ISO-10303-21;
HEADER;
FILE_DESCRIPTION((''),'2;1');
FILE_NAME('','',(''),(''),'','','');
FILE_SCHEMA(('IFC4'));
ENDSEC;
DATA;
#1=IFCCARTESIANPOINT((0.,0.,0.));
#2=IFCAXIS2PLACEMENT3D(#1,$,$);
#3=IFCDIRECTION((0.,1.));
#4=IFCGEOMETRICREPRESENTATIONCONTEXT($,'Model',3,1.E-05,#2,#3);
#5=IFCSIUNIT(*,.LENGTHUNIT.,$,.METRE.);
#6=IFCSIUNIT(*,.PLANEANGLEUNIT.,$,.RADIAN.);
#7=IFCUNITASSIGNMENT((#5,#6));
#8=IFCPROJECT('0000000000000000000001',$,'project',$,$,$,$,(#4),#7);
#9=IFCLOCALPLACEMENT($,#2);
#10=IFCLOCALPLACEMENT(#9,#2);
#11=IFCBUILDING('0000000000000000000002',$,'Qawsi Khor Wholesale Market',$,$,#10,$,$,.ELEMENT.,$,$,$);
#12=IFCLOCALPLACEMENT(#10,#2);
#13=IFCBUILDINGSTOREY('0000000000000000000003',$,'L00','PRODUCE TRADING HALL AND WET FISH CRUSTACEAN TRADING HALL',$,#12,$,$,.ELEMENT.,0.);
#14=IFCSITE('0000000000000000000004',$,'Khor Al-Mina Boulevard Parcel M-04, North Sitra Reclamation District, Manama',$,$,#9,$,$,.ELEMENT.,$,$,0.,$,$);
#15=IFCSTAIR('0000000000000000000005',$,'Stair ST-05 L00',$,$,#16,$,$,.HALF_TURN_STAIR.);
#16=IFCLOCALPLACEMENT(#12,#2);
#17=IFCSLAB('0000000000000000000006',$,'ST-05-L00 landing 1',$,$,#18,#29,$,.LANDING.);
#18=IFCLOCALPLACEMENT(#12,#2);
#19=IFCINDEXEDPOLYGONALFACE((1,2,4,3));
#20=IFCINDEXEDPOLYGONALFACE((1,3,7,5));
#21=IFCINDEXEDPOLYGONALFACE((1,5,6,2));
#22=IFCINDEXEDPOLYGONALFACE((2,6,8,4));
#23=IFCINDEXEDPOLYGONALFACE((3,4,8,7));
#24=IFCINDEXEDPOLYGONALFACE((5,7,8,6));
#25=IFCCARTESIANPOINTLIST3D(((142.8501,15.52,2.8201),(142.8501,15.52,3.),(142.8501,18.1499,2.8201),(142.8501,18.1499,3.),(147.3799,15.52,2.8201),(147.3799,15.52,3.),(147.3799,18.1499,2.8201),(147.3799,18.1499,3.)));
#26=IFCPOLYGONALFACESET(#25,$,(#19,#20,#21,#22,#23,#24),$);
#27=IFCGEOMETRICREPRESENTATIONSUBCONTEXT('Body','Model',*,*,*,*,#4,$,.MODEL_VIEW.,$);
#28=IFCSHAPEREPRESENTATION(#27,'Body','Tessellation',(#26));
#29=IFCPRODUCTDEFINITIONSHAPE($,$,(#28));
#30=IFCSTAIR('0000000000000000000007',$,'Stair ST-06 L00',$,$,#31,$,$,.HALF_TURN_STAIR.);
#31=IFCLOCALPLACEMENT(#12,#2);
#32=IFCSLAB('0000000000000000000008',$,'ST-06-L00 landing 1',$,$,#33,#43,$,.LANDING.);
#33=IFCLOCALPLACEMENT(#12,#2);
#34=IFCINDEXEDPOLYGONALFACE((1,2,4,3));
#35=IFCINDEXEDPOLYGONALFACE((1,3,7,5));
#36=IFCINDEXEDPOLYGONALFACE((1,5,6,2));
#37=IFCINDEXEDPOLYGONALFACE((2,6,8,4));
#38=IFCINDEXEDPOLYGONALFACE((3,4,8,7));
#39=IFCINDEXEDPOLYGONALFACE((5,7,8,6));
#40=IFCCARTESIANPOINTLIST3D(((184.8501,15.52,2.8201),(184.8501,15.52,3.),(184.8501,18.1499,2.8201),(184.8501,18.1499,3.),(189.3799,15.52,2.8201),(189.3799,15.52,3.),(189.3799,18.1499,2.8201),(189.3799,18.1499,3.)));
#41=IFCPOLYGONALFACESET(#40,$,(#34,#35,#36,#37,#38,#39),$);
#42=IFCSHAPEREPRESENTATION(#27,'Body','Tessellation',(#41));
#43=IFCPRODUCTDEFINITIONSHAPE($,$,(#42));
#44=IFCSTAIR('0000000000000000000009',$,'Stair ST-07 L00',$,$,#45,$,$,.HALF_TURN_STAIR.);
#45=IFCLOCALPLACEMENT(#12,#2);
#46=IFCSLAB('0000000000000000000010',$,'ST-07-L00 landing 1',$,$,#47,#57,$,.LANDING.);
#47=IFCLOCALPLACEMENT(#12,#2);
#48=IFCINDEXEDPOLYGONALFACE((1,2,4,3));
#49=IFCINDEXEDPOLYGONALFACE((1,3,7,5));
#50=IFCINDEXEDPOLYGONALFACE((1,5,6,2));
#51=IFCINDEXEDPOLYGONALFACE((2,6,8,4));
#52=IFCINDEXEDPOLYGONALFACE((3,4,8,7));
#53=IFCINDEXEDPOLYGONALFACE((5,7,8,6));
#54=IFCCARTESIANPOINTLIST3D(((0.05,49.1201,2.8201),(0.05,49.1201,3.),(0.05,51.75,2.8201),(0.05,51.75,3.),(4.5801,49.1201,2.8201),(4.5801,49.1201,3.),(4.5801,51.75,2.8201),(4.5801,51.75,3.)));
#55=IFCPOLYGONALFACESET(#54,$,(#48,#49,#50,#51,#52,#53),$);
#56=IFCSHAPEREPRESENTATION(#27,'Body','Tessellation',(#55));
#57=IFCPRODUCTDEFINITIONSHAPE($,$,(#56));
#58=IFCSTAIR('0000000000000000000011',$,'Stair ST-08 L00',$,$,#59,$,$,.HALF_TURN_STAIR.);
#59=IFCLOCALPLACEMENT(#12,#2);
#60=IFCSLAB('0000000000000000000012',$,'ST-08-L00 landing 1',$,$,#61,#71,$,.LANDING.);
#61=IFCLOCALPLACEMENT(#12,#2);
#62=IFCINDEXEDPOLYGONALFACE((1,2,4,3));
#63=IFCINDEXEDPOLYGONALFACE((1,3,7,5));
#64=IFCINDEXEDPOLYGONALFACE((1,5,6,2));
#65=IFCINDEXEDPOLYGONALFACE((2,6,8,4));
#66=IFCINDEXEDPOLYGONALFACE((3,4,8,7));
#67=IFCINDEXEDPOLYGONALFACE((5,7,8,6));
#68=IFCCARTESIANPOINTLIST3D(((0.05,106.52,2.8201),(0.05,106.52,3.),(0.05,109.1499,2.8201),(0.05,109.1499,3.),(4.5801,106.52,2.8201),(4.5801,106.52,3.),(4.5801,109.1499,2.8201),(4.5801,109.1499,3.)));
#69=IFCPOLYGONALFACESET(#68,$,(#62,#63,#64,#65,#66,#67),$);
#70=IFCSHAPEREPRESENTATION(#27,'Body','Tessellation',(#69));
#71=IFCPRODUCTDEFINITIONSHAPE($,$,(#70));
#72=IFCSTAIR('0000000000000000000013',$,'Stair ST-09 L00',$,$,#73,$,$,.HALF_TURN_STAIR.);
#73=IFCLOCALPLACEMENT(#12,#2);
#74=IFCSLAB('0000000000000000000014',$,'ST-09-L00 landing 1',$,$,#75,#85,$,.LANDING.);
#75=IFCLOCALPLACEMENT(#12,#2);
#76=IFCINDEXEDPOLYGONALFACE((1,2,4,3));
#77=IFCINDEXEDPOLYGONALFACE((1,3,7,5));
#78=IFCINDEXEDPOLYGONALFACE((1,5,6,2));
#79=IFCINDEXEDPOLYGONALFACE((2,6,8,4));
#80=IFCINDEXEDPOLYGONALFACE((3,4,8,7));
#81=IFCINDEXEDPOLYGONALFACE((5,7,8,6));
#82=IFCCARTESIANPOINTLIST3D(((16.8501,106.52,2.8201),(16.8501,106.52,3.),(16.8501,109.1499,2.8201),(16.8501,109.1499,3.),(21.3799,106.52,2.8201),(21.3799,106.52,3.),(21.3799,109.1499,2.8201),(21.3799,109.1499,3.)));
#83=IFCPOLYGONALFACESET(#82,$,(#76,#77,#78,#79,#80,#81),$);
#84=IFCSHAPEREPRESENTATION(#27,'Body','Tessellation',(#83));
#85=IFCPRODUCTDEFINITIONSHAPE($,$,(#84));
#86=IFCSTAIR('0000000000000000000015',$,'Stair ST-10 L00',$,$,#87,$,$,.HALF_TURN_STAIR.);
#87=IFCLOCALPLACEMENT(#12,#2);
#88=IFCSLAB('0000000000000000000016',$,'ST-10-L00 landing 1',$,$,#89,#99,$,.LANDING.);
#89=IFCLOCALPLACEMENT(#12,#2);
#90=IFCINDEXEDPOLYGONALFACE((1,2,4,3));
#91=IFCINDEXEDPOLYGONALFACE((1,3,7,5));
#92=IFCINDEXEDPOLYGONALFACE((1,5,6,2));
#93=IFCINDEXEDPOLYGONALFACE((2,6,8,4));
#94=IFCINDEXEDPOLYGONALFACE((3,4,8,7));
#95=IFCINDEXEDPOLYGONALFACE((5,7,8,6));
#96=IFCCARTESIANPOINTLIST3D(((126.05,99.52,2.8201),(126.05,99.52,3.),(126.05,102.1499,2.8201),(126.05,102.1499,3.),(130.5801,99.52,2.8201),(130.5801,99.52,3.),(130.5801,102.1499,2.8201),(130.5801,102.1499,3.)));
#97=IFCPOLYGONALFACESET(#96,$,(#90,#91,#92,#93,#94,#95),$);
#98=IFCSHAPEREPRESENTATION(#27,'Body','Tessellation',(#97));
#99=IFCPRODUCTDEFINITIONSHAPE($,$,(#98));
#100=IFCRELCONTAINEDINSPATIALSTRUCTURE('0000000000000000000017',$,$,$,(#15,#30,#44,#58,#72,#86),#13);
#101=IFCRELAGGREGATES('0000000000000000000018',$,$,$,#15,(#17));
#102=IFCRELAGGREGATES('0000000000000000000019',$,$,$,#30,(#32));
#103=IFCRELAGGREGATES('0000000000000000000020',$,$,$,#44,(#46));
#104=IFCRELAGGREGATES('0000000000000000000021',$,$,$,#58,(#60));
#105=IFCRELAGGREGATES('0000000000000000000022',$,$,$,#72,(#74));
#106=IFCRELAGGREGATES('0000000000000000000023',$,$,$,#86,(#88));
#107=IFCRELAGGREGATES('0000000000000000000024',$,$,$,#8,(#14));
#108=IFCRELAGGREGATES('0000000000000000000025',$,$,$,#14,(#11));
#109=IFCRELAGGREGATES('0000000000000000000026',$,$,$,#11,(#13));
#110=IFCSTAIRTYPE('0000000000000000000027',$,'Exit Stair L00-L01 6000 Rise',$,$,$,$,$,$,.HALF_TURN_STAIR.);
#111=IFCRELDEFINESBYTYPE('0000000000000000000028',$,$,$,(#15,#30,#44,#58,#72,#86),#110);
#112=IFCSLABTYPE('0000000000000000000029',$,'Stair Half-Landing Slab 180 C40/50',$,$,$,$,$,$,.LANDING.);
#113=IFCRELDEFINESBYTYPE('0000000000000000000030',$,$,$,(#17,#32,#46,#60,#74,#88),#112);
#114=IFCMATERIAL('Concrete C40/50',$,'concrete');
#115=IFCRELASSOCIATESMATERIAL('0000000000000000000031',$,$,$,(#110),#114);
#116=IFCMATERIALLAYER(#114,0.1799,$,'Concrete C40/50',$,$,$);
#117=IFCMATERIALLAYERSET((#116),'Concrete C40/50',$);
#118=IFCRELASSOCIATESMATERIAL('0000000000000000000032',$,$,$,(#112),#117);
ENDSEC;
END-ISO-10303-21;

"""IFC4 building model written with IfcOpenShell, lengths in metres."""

from ifc_helpers import new_model, si_unit, direction, frame, origin, place, context, subcontext, project, spatial, polyline, outline, extrude, material, layer, layer_set, type_object, element, aggregate, save


model = new_model("IFC4")

# Units and contexts
model_context = context("Model", 3, precision=1e-05, world=origin(), true_north=direction((0.0, 1.0)))
body_context = subcontext(model_context, "Body", "Model", "MODEL_VIEW")
ifc_project = project(units=[si_unit("LENGTHUNIT", "METRE"), si_unit("PLANEANGLEUNIT", "RADIAN")], contexts=[model_context])

# Site, building, storey
site_placement = place(None, origin())
site = spatial("IfcSite", under=ifc_project, at=site_placement, Name="Khor Al-Mina Boulevard Parcel M-04, North Sitra Reclamation District, Manama", CompositionType="ELEMENT", RefElevation=0.0)
building_placement = place(site_placement, origin())
building = spatial("IfcBuilding", under=site, at=building_placement, Name="Qawsi Khor Wholesale Market", CompositionType="ELEMENT")
storey_placement = place(building_placement, origin())
storey = spatial("IfcBuildingStorey", under=building, at=storey_placement, Name="L00", Description="PRODUCE TRADING HALL AND WET FISH CRUSTACEAN TRADING HALL", CompositionType="ELEMENT", Elevation=0.0)

# Stairs, slabs
ifc_material_1 = material(Name="Concrete C40/50", Category="concrete")
stair_type = type_object("IfcStairType", Name="Exit Stair L00-L01 6000 Rise", PredefinedType="HALF_TURN_STAIR", material=ifc_material_1)
ifc_layer_1 = layer(ifc_material_1, 0.1799, Name="Concrete C40/50")
ifc_layer_set_1 = layer_set([ifc_layer_1], Name="Concrete C40/50")
slab_type_1 = type_object("IfcSlabType", Name="Stair Half-Landing Slab 180 C40/50", PredefinedType="LANDING", material=ifc_layer_set_1)
stair_1_placement = place(storey_placement, origin())
stair_1 = element("IfcStair", 1, at=stair_1_placement, inside=storey, type_object=stair_type, Name="Stair ST-05 L00", PredefinedType="HALF_TURN_STAIR")
slab_1_placement = place(storey_placement, frame((0.0, 0.0, 2.8201)))
slab_1 = element("IfcSlab", 2, at=slab_1_placement, type_object=slab_type_1, Name="ST-05-L00 landing 1", PredefinedType="LANDING", context=body_context, shape_type="SweptSolid", body=[
    extrude(outline(polyline([(142.8501, 15.52), (147.3799, 15.52), (147.3799, 18.1499), (142.8501, 18.1499), (142.8501, 15.52)])), origin(), (0.0, 0.0, 1.0), 0.1799),
])
aggregate(stair_1, [slab_1])
stair_2_placement = place(storey_placement, origin())
stair_2 = element("IfcStair", 3, at=stair_2_placement, inside=storey, type_object=stair_type, Name="Stair ST-06 L00", PredefinedType="HALF_TURN_STAIR")
slab_2_placement = place(storey_placement, frame((0.0, 0.0, 2.8201)))
slab_2 = element("IfcSlab", 4, at=slab_2_placement, type_object=slab_type_1, Name="ST-06-L00 landing 1", PredefinedType="LANDING", context=body_context, shape_type="SweptSolid", body=[
    extrude(outline(polyline([(184.8501, 15.52), (189.3799, 15.52), (189.3799, 18.1499), (184.8501, 18.1499), (184.8501, 15.52)])), origin(), (0.0, 0.0, 1.0), 0.1799),
])
aggregate(stair_2, [slab_2])
stair_3_placement = place(storey_placement, origin())
stair_3 = element("IfcStair", 5, at=stair_3_placement, inside=storey, type_object=stair_type, Name="Stair ST-07 L00", PredefinedType="HALF_TURN_STAIR")
slab_3_placement = place(storey_placement, frame((0.0, 0.0, 2.8201)))
slab_3 = element("IfcSlab", 6, at=slab_3_placement, type_object=slab_type_1, Name="ST-07-L00 landing 1", PredefinedType="LANDING", context=body_context, shape_type="SweptSolid", body=[
    extrude(outline(polyline([(0.05, 49.1201), (4.5801, 49.1201), (4.5801, 51.75), (0.05, 51.75), (0.05, 49.1201)])), origin(), (0.0, 0.0, 1.0), 0.1799),
])
aggregate(stair_3, [slab_3])
stair_4_placement = place(storey_placement, origin())
stair_4 = element("IfcStair", 7, at=stair_4_placement, inside=storey, type_object=stair_type, Name="Stair ST-08 L00", PredefinedType="HALF_TURN_STAIR")
slab_4_placement = place(storey_placement, frame((0.0, 0.0, 2.8201)))
slab_4 = element("IfcSlab", 8, at=slab_4_placement, type_object=slab_type_1, Name="ST-08-L00 landing 1", PredefinedType="LANDING", context=body_context, shape_type="SweptSolid", body=[
    extrude(outline(polyline([(0.05, 106.52), (4.5801, 106.52), (4.5801, 109.1499), (0.05, 109.1499), (0.05, 106.52)])), origin(), (0.0, 0.0, 1.0), 0.1799),
])
aggregate(stair_4, [slab_4])
stair_5_placement = place(storey_placement, origin())
stair_5 = element("IfcStair", 9, at=stair_5_placement, inside=storey, type_object=stair_type, Name="Stair ST-09 L00", PredefinedType="HALF_TURN_STAIR")
slab_5_placement = place(storey_placement, frame((0.0, 0.0, 2.8201)))
slab_5 = element("IfcSlab", 10, at=slab_5_placement, type_object=slab_type_1, Name="ST-09-L00 landing 1", PredefinedType="LANDING", context=body_context, shape_type="SweptSolid", body=[
    extrude(outline(polyline([(16.8501, 106.52), (21.3799, 106.52), (21.3799, 109.1499), (16.8501, 109.1499), (16.8501, 106.52)])), origin(), (0.0, 0.0, 1.0), 0.1799),
])
aggregate(stair_5, [slab_5])
stair_6_placement = place(storey_placement, origin())
stair_6 = element("IfcStair", 11, at=stair_6_placement, inside=storey, type_object=stair_type, Name="Stair ST-10 L00", PredefinedType="HALF_TURN_STAIR")
slab_6_placement = place(storey_placement, frame((0.0, 0.0, 2.8201)))
slab_6 = element("IfcSlab", 12, at=slab_6_placement, type_object=slab_type_1, Name="ST-10-L00 landing 1", PredefinedType="LANDING", context=body_context, shape_type="SweptSolid", body=[
    extrude(outline(polyline([(126.05, 99.52), (130.5801, 99.52), (130.5801, 102.1499), (126.05, 102.1499), (126.05, 99.52)])), origin(), (0.0, 0.0, 1.0), 0.1799),
])
aggregate(stair_6, [slab_6])

save(model, "model.ifc")
